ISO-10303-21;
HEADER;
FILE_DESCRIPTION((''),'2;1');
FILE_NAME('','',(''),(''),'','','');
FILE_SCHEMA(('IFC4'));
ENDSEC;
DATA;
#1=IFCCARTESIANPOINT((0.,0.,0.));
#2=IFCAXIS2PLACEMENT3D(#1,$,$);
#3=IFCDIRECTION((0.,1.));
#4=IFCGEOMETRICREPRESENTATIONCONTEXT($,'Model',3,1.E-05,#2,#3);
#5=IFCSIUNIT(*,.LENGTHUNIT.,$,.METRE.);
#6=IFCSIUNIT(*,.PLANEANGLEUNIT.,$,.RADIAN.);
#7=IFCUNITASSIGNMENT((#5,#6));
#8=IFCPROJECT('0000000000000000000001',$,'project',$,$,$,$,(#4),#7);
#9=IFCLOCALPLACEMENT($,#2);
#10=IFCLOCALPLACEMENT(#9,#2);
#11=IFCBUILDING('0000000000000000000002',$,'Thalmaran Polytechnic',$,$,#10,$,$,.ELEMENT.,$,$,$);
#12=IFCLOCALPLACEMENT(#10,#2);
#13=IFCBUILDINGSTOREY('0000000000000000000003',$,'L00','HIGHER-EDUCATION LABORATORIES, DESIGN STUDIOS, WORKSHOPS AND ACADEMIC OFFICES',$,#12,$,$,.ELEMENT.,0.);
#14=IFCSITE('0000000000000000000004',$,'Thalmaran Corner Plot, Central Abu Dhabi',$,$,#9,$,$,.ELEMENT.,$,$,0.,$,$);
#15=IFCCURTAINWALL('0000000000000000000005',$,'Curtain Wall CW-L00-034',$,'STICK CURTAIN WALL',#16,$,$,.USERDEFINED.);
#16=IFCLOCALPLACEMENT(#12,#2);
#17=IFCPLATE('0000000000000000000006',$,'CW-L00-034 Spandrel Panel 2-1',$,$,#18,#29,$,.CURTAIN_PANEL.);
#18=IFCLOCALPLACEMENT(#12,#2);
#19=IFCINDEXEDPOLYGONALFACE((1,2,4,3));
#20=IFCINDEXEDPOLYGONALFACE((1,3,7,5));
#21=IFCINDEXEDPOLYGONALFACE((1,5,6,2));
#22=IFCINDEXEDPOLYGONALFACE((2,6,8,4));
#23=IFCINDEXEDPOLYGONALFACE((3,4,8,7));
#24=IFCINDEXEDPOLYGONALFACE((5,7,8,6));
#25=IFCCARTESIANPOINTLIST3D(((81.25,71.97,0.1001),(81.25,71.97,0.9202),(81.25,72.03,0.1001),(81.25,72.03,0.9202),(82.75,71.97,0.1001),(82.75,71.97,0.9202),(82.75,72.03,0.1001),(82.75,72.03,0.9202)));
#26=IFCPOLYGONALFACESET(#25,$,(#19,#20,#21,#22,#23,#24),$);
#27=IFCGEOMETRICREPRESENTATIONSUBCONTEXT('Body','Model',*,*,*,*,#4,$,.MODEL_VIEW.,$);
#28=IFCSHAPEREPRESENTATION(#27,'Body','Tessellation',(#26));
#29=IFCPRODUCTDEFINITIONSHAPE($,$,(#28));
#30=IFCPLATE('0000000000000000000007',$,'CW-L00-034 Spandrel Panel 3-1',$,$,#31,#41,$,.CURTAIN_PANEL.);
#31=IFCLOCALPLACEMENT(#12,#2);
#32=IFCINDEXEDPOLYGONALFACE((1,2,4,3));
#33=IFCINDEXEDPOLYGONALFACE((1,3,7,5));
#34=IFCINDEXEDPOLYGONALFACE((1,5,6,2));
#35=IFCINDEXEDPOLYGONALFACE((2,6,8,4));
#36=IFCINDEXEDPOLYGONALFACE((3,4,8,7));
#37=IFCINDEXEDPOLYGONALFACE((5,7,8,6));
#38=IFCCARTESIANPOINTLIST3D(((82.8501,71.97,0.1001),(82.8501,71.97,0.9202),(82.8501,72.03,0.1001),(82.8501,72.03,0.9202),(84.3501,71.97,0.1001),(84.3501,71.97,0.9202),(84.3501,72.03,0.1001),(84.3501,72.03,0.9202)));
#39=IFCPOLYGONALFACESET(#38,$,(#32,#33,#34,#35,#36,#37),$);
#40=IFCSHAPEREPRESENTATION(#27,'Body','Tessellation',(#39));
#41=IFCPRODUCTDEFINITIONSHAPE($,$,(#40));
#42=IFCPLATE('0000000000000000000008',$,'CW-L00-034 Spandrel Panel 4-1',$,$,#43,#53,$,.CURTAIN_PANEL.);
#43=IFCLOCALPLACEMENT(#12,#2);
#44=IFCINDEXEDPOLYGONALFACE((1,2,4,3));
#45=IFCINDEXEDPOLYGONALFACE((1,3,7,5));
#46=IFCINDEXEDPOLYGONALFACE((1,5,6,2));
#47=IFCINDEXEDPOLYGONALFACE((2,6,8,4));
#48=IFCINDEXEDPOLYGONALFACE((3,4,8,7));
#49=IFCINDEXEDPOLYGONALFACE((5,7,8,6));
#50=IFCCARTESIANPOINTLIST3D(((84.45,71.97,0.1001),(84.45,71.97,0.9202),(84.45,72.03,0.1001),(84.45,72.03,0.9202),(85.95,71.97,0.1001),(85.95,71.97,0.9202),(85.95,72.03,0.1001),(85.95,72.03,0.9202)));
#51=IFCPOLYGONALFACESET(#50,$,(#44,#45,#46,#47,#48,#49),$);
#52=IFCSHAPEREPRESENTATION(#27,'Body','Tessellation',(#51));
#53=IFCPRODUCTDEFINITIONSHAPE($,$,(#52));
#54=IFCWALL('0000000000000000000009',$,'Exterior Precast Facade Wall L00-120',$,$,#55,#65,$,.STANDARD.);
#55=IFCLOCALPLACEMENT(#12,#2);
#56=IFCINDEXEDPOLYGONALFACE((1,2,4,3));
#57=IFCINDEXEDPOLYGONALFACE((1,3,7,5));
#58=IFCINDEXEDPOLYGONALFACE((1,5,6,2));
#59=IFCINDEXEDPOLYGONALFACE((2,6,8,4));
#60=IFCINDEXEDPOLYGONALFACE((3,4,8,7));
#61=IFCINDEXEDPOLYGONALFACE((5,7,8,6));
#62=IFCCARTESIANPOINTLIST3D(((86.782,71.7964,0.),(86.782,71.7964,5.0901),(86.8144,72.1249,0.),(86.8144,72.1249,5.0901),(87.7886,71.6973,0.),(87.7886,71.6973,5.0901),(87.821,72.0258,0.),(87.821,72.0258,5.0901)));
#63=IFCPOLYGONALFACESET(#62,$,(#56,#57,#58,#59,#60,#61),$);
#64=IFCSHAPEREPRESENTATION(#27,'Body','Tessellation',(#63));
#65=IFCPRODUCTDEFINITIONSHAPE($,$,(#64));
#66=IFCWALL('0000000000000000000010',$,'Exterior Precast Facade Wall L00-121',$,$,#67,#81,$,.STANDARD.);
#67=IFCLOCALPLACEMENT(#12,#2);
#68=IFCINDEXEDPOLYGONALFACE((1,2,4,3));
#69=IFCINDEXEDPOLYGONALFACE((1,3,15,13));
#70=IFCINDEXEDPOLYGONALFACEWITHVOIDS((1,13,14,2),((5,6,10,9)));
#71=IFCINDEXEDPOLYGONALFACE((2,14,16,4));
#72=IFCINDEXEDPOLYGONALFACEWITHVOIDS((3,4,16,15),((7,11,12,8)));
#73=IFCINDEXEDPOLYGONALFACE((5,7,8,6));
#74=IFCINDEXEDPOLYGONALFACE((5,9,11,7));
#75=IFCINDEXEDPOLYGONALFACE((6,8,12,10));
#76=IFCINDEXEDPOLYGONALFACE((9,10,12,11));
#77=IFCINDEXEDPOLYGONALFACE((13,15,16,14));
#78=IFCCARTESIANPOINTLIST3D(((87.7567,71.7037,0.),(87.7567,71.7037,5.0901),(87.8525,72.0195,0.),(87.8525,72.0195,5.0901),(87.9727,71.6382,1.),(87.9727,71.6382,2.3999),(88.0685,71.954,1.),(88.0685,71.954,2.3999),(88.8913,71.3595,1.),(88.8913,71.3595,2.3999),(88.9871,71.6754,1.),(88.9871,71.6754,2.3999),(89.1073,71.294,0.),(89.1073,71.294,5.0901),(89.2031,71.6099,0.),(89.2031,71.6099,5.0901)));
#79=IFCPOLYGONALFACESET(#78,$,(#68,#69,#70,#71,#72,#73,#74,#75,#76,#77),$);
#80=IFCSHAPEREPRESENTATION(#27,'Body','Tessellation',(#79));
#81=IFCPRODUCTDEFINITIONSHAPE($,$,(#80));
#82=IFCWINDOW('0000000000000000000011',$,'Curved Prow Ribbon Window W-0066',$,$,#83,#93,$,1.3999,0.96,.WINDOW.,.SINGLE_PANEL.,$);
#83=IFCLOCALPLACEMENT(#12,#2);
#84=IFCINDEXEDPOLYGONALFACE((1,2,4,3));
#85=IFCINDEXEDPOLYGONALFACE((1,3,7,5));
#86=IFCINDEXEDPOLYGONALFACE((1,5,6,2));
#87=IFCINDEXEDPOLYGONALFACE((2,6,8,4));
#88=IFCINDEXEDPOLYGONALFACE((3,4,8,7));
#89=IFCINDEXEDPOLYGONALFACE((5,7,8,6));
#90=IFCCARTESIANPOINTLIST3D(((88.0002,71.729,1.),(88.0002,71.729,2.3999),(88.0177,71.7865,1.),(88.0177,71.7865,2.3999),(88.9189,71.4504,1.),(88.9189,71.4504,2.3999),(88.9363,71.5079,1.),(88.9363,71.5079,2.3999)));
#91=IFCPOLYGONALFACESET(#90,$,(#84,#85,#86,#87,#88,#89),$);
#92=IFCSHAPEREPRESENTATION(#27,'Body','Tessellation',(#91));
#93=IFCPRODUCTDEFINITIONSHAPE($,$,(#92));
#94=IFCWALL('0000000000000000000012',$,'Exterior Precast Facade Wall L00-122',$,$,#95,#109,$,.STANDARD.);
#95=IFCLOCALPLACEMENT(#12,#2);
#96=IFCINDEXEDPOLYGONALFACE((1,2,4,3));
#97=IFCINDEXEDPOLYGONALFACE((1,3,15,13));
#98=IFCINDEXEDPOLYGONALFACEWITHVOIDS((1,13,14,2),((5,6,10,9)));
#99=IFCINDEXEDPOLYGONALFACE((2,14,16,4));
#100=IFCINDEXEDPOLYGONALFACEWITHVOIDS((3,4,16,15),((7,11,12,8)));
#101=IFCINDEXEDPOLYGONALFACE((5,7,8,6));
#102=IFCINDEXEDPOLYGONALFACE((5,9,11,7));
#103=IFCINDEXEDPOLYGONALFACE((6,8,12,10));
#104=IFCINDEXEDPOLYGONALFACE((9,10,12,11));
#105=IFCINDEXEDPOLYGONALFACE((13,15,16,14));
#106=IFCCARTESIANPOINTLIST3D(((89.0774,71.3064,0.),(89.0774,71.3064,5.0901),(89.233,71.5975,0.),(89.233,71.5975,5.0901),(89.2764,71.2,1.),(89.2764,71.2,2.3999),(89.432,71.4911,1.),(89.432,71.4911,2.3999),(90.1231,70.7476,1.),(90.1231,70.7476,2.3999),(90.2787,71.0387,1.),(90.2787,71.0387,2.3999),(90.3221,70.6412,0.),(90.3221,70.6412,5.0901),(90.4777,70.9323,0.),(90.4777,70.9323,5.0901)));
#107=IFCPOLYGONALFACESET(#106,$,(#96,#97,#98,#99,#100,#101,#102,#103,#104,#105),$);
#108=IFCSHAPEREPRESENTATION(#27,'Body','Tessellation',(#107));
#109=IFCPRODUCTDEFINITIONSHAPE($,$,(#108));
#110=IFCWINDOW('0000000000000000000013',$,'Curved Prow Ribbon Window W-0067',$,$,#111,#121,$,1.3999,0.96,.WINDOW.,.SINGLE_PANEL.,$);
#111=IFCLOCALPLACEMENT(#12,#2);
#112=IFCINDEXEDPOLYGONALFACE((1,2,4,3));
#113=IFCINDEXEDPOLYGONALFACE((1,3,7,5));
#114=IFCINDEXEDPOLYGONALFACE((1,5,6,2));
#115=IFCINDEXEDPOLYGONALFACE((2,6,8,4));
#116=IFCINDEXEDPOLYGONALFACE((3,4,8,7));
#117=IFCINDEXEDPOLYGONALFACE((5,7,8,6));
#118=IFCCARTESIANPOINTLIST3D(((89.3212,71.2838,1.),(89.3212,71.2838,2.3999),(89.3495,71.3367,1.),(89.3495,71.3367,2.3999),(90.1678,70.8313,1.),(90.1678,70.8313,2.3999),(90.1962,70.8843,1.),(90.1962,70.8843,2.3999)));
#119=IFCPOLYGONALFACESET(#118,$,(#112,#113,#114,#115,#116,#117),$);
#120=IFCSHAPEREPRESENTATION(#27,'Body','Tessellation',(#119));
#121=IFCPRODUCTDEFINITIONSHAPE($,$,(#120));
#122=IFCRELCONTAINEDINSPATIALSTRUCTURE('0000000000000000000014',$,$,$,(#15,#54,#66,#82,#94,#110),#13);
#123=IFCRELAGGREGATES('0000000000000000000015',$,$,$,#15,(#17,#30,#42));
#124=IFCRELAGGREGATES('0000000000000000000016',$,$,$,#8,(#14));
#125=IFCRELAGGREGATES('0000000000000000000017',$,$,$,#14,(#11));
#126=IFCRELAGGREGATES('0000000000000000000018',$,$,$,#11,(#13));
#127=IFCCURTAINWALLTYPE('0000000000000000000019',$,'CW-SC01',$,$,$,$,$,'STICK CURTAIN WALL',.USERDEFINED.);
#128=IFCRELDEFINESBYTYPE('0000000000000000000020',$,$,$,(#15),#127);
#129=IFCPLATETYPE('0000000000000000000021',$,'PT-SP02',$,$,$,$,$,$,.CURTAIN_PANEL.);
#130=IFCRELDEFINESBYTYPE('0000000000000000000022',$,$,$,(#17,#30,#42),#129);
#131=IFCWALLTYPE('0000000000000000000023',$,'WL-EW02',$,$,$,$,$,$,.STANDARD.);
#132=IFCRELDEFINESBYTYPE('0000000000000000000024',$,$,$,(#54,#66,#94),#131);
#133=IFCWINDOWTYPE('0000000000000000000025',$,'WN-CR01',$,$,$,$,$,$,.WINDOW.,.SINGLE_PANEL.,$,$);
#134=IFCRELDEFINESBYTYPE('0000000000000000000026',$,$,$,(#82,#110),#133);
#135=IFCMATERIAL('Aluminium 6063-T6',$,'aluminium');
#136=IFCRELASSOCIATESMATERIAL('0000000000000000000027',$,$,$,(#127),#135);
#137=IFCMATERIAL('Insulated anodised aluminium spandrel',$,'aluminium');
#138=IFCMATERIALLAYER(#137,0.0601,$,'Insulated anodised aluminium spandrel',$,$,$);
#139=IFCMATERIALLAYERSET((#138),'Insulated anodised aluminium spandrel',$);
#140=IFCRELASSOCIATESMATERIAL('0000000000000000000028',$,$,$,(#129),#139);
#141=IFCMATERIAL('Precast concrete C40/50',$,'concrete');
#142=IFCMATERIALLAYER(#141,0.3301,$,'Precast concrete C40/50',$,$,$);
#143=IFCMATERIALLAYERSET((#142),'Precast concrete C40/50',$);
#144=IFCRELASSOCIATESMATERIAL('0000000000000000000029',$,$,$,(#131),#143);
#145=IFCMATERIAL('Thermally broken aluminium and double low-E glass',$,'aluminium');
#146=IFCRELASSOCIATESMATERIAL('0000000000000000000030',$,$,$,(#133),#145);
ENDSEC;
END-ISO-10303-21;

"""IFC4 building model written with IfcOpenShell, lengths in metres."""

from ifc_helpers import new_model, si_unit, direction, frame, frame_2d, origin, origin_2d, place, context, subcontext, project, spatial, rectangle, extrude, material, layer, layer_set, type_object, element, fill, aggregate, save


model = new_model("IFC4")

# Units and contexts
model_context = context("Model", 3, precision=1e-05, world=origin(), true_north=direction((0.0, 1.0)))
body_context = subcontext(model_context, "Body", "Model", "MODEL_VIEW")
ifc_project = project(units=[si_unit("LENGTHUNIT", "METRE"), si_unit("PLANEANGLEUNIT", "RADIAN")], contexts=[model_context])

# Site, building, storey
site_placement = place(None, origin())
site = spatial("IfcSite", under=ifc_project, at=site_placement, Name="Thalmaran Corner Plot, Central Abu Dhabi", CompositionType="ELEMENT", RefElevation=0.0)
building_placement = place(site_placement, origin())
building = spatial("IfcBuilding", under=site, at=building_placement, Name="Thalmaran Polytechnic", CompositionType="ELEMENT")
storey_placement = place(building_placement, origin())
storey = spatial("IfcBuildingStorey", under=building, at=storey_placement, Name="L00", Description="HIGHER-EDUCATION LABORATORIES, DESIGN STUDIOS, WORKSHOPS AND ACADEMIC OFFICES", CompositionType="ELEMENT", Elevation=0.0)

# Curtain wall
ifc_material_1 = material(Name="Aluminium 6063-T6", Category="aluminium")
curtain_wall_type = type_object("IfcCurtainWallType", Name="CW-SC01", ElementType="STICK CURTAIN WALL", PredefinedType="USERDEFINED", material=ifc_material_1)
curtain_wall_placement = place(storey_placement, origin())
curtain_wall = element("IfcCurtainWall", 1, at=curtain_wall_placement, inside=storey, type_object=curtain_wall_type, Name="Curtain Wall CW-L00-034", ObjectType="STICK CURTAIN WALL", PredefinedType="USERDEFINED")

# Plates
ifc_material_2 = material(Name="Insulated anodised aluminium spandrel", Category="aluminium")
ifc_layer_1 = layer(ifc_material_2, 0.0601, Name="Insulated anodised aluminium spandrel")
ifc_layer_set_1 = layer_set([ifc_layer_1], Name="Insulated anodised aluminium spandrel")
plate_type_1 = type_object("IfcPlateType", Name="PT-SP02", PredefinedType="CURTAIN_PANEL", material=ifc_layer_set_1)
plate_1_placement = place(storey_placement, frame((82.0, 72.0, 0.1001), z_axis=(0.0, 0.0, 1.0), x_axis=(1.0, 0.0, 0.0)))
plate_1 = element("IfcPlate", 2, at=plate_1_placement, type_object=plate_type_1, Name="CW-L00-034 Spandrel Panel 2-1", PredefinedType="CURTAIN_PANEL", context=body_context, shape_type="SweptSolid", body=[
    extrude(rectangle(XDim=1.5, YDim=0.0601, at=origin_2d()), origin(), (0.0, 0.0, 1.0), 0.8201),
])
plate_2_placement = place(storey_placement, frame((83.6001, 72.0, 0.1001), z_axis=(0.0, 0.0, 1.0), x_axis=(1.0, 0.0, 0.0)))
plate_2 = element("IfcPlate", 3, at=plate_2_placement, type_object=plate_type_1, Name="CW-L00-034 Spandrel Panel 3-1", PredefinedType="CURTAIN_PANEL", context=body_context, shape_type="SweptSolid", body=[
    extrude(rectangle(XDim=1.5, YDim=0.0601, at=origin_2d()), origin(), (0.0, 0.0, 1.0), 0.8201),
])
plate_3_placement = place(storey_placement, frame((85.2, 72.0, 0.1001), z_axis=(0.0, 0.0, 1.0), x_axis=(1.0, 0.0, 0.0)))
plate_3 = element("IfcPlate", 4, at=plate_3_placement, type_object=plate_type_1, Name="CW-L00-034 Spandrel Panel 4-1", PredefinedType="CURTAIN_PANEL", context=body_context, shape_type="SweptSolid", body=[
    extrude(rectangle(XDim=1.5, YDim=0.0601, at=origin_2d()), origin(), (0.0, 0.0, 1.0), 0.8201),
])
aggregate(curtain_wall, [plate_1, plate_2, plate_3])

# Wall
ifc_material_3 = material(Name="Precast concrete C40/50", Category="concrete")
ifc_layer_2 = layer(ifc_material_3, 0.3301, Name="Precast concrete C40/50")
ifc_layer_set_2 = layer_set([ifc_layer_2], Name="Precast concrete C40/50")
wall_type = type_object("IfcWallType", Name="WL-EW02", PredefinedType="STANDARD", material=ifc_layer_set_2)
wall_1_placement = place(storey_placement, frame((86.7981, 71.9607, 0.0), z_axis=(0.0, 0.0, 1.0), x_axis=(0.995187, -0.097998, 0.0)))
element("IfcWall", 5, at=wall_1_placement, inside=storey, type_object=wall_type, Name="Exterior Precast Facade Wall L00-120", PredefinedType="STANDARD", context=body_context, shape_type="SweptSolid", body=[
    extrude(rectangle(XDim=1.0115, YDim=0.3301, at=frame_2d((0.5059, 0.0))), origin(), (0.0, 0.0, 1.0), 5.0901),
])

# Walls, openings, windows
wall_2_placement = place(storey_placement, frame((87.8047, 71.8616, 0.0), z_axis=(0.0, 0.0, 1.0), x_axis=(0.956946, -0.290267, 0.0)))
wall_2 = element("IfcWall", 6, at=wall_2_placement, inside=storey, type_object=wall_type, Name="Exterior Precast Facade Wall L00-121", PredefinedType="STANDARD", context=body_context, shape_type="SweptSolid", body=[
    extrude(rectangle(XDim=1.4114, YDim=0.3301, at=frame_2d((0.7056, 0.0))), origin(), (0.0, 0.0, 1.0), 5.0901),
])
opening_1_placement = place(wall_2_placement, frame((0.2256, 0.0, 1.0)))
opening_1 = element("IfcOpeningElement", 7, at=opening_1_placement, cuts=wall_2, PredefinedType="OPENING", context=body_context, shape_type="SweptSolid", body=[
    extrude(rectangle(XDim=0.96, YDim=1.3999, at=frame_2d((0.48, 0.7))), frame((0.0, 0.175, 0.0), z_axis=(0.0, -1.0, 0.0), x_axis=(1.0, 0.0, 0.0)), (0.0, 0.0, 1.0), 0.3501),
])
ifc_material_4 = material(Name="Thermally broken aluminium and double low-E glass", Category="aluminium")
window_type = type_object("IfcWindowType", Name="WN-CR01", PartitioningType="SINGLE_PANEL", PredefinedType="WINDOW", material=ifc_material_4)
window_1_placement = place(opening_1_placement, origin())
window_1 = element("IfcWindow", 8, at=window_1_placement, inside=storey, type_object=window_type, Name="Curved Prow Ribbon Window W-0066", OverallHeight=1.3999, OverallWidth=0.96, PartitioningType="SINGLE_PANEL", PredefinedType="WINDOW", context=body_context, shape_type="SweptSolid", body=[
    extrude(rectangle(XDim=0.96, YDim=1.3999, at=frame_2d((0.48, 0.7))), frame((0.0, -0.01, 0.0), z_axis=(0.0, -1.0, 0.0), x_axis=(1.0, 0.0, 0.0)), (0.0, 0.0, 1.0), 0.0601),
])
fill(opening_1, window_1)
wall_3_placement = place(storey_placement, frame((89.1553, 71.4519, 0.0), z_axis=(0.0, 0.0, 1.0), x_axis=(0.881955, -0.471333, 0.0)))
wall_3 = element("IfcWall", 9, at=wall_3_placement, inside=storey, type_object=wall_type, Name="Exterior Precast Facade Wall L00-122", PredefinedType="STANDARD", context=body_context, shape_type="SweptSolid", body=[
    extrude(rectangle(XDim=1.4114, YDim=0.3301, at=frame_2d((0.7056, 0.0))), origin(), (0.0, 0.0, 1.0), 5.0901),
])
opening_2_placement = place(wall_3_placement, frame((0.2256, 0.0, 1.0)))
opening_2 = element("IfcOpeningElement", 10, at=opening_2_placement, cuts=wall_3, PredefinedType="OPENING", context=body_context, shape_type="SweptSolid", body=[
    extrude(rectangle(XDim=0.96, YDim=1.3999, at=frame_2d((0.48, 0.7))), frame((0.0, 0.175, 0.0), z_axis=(0.0, -1.0, 0.0), x_axis=(1.0, 0.0, 0.0)), (0.0, 0.0, 1.0), 0.3501),
])
window_2_placement = place(opening_2_placement, origin())
window_2 = element("IfcWindow", 11, at=window_2_placement, inside=storey, type_object=window_type, Name="Curved Prow Ribbon Window W-0067", OverallHeight=1.3999, OverallWidth=0.96, PartitioningType="SINGLE_PANEL", PredefinedType="WINDOW", context=body_context, shape_type="SweptSolid", body=[
    extrude(rectangle(XDim=0.96, YDim=1.3999, at=frame_2d((0.48, 0.7))), frame((0.0, -0.01, 0.0), z_axis=(0.0, -1.0, 0.0), x_axis=(1.0, 0.0, 0.0)), (0.0, 0.0, 1.0), 0.0601),
])
fill(opening_2, window_2)

save(model, "model.ifc")
